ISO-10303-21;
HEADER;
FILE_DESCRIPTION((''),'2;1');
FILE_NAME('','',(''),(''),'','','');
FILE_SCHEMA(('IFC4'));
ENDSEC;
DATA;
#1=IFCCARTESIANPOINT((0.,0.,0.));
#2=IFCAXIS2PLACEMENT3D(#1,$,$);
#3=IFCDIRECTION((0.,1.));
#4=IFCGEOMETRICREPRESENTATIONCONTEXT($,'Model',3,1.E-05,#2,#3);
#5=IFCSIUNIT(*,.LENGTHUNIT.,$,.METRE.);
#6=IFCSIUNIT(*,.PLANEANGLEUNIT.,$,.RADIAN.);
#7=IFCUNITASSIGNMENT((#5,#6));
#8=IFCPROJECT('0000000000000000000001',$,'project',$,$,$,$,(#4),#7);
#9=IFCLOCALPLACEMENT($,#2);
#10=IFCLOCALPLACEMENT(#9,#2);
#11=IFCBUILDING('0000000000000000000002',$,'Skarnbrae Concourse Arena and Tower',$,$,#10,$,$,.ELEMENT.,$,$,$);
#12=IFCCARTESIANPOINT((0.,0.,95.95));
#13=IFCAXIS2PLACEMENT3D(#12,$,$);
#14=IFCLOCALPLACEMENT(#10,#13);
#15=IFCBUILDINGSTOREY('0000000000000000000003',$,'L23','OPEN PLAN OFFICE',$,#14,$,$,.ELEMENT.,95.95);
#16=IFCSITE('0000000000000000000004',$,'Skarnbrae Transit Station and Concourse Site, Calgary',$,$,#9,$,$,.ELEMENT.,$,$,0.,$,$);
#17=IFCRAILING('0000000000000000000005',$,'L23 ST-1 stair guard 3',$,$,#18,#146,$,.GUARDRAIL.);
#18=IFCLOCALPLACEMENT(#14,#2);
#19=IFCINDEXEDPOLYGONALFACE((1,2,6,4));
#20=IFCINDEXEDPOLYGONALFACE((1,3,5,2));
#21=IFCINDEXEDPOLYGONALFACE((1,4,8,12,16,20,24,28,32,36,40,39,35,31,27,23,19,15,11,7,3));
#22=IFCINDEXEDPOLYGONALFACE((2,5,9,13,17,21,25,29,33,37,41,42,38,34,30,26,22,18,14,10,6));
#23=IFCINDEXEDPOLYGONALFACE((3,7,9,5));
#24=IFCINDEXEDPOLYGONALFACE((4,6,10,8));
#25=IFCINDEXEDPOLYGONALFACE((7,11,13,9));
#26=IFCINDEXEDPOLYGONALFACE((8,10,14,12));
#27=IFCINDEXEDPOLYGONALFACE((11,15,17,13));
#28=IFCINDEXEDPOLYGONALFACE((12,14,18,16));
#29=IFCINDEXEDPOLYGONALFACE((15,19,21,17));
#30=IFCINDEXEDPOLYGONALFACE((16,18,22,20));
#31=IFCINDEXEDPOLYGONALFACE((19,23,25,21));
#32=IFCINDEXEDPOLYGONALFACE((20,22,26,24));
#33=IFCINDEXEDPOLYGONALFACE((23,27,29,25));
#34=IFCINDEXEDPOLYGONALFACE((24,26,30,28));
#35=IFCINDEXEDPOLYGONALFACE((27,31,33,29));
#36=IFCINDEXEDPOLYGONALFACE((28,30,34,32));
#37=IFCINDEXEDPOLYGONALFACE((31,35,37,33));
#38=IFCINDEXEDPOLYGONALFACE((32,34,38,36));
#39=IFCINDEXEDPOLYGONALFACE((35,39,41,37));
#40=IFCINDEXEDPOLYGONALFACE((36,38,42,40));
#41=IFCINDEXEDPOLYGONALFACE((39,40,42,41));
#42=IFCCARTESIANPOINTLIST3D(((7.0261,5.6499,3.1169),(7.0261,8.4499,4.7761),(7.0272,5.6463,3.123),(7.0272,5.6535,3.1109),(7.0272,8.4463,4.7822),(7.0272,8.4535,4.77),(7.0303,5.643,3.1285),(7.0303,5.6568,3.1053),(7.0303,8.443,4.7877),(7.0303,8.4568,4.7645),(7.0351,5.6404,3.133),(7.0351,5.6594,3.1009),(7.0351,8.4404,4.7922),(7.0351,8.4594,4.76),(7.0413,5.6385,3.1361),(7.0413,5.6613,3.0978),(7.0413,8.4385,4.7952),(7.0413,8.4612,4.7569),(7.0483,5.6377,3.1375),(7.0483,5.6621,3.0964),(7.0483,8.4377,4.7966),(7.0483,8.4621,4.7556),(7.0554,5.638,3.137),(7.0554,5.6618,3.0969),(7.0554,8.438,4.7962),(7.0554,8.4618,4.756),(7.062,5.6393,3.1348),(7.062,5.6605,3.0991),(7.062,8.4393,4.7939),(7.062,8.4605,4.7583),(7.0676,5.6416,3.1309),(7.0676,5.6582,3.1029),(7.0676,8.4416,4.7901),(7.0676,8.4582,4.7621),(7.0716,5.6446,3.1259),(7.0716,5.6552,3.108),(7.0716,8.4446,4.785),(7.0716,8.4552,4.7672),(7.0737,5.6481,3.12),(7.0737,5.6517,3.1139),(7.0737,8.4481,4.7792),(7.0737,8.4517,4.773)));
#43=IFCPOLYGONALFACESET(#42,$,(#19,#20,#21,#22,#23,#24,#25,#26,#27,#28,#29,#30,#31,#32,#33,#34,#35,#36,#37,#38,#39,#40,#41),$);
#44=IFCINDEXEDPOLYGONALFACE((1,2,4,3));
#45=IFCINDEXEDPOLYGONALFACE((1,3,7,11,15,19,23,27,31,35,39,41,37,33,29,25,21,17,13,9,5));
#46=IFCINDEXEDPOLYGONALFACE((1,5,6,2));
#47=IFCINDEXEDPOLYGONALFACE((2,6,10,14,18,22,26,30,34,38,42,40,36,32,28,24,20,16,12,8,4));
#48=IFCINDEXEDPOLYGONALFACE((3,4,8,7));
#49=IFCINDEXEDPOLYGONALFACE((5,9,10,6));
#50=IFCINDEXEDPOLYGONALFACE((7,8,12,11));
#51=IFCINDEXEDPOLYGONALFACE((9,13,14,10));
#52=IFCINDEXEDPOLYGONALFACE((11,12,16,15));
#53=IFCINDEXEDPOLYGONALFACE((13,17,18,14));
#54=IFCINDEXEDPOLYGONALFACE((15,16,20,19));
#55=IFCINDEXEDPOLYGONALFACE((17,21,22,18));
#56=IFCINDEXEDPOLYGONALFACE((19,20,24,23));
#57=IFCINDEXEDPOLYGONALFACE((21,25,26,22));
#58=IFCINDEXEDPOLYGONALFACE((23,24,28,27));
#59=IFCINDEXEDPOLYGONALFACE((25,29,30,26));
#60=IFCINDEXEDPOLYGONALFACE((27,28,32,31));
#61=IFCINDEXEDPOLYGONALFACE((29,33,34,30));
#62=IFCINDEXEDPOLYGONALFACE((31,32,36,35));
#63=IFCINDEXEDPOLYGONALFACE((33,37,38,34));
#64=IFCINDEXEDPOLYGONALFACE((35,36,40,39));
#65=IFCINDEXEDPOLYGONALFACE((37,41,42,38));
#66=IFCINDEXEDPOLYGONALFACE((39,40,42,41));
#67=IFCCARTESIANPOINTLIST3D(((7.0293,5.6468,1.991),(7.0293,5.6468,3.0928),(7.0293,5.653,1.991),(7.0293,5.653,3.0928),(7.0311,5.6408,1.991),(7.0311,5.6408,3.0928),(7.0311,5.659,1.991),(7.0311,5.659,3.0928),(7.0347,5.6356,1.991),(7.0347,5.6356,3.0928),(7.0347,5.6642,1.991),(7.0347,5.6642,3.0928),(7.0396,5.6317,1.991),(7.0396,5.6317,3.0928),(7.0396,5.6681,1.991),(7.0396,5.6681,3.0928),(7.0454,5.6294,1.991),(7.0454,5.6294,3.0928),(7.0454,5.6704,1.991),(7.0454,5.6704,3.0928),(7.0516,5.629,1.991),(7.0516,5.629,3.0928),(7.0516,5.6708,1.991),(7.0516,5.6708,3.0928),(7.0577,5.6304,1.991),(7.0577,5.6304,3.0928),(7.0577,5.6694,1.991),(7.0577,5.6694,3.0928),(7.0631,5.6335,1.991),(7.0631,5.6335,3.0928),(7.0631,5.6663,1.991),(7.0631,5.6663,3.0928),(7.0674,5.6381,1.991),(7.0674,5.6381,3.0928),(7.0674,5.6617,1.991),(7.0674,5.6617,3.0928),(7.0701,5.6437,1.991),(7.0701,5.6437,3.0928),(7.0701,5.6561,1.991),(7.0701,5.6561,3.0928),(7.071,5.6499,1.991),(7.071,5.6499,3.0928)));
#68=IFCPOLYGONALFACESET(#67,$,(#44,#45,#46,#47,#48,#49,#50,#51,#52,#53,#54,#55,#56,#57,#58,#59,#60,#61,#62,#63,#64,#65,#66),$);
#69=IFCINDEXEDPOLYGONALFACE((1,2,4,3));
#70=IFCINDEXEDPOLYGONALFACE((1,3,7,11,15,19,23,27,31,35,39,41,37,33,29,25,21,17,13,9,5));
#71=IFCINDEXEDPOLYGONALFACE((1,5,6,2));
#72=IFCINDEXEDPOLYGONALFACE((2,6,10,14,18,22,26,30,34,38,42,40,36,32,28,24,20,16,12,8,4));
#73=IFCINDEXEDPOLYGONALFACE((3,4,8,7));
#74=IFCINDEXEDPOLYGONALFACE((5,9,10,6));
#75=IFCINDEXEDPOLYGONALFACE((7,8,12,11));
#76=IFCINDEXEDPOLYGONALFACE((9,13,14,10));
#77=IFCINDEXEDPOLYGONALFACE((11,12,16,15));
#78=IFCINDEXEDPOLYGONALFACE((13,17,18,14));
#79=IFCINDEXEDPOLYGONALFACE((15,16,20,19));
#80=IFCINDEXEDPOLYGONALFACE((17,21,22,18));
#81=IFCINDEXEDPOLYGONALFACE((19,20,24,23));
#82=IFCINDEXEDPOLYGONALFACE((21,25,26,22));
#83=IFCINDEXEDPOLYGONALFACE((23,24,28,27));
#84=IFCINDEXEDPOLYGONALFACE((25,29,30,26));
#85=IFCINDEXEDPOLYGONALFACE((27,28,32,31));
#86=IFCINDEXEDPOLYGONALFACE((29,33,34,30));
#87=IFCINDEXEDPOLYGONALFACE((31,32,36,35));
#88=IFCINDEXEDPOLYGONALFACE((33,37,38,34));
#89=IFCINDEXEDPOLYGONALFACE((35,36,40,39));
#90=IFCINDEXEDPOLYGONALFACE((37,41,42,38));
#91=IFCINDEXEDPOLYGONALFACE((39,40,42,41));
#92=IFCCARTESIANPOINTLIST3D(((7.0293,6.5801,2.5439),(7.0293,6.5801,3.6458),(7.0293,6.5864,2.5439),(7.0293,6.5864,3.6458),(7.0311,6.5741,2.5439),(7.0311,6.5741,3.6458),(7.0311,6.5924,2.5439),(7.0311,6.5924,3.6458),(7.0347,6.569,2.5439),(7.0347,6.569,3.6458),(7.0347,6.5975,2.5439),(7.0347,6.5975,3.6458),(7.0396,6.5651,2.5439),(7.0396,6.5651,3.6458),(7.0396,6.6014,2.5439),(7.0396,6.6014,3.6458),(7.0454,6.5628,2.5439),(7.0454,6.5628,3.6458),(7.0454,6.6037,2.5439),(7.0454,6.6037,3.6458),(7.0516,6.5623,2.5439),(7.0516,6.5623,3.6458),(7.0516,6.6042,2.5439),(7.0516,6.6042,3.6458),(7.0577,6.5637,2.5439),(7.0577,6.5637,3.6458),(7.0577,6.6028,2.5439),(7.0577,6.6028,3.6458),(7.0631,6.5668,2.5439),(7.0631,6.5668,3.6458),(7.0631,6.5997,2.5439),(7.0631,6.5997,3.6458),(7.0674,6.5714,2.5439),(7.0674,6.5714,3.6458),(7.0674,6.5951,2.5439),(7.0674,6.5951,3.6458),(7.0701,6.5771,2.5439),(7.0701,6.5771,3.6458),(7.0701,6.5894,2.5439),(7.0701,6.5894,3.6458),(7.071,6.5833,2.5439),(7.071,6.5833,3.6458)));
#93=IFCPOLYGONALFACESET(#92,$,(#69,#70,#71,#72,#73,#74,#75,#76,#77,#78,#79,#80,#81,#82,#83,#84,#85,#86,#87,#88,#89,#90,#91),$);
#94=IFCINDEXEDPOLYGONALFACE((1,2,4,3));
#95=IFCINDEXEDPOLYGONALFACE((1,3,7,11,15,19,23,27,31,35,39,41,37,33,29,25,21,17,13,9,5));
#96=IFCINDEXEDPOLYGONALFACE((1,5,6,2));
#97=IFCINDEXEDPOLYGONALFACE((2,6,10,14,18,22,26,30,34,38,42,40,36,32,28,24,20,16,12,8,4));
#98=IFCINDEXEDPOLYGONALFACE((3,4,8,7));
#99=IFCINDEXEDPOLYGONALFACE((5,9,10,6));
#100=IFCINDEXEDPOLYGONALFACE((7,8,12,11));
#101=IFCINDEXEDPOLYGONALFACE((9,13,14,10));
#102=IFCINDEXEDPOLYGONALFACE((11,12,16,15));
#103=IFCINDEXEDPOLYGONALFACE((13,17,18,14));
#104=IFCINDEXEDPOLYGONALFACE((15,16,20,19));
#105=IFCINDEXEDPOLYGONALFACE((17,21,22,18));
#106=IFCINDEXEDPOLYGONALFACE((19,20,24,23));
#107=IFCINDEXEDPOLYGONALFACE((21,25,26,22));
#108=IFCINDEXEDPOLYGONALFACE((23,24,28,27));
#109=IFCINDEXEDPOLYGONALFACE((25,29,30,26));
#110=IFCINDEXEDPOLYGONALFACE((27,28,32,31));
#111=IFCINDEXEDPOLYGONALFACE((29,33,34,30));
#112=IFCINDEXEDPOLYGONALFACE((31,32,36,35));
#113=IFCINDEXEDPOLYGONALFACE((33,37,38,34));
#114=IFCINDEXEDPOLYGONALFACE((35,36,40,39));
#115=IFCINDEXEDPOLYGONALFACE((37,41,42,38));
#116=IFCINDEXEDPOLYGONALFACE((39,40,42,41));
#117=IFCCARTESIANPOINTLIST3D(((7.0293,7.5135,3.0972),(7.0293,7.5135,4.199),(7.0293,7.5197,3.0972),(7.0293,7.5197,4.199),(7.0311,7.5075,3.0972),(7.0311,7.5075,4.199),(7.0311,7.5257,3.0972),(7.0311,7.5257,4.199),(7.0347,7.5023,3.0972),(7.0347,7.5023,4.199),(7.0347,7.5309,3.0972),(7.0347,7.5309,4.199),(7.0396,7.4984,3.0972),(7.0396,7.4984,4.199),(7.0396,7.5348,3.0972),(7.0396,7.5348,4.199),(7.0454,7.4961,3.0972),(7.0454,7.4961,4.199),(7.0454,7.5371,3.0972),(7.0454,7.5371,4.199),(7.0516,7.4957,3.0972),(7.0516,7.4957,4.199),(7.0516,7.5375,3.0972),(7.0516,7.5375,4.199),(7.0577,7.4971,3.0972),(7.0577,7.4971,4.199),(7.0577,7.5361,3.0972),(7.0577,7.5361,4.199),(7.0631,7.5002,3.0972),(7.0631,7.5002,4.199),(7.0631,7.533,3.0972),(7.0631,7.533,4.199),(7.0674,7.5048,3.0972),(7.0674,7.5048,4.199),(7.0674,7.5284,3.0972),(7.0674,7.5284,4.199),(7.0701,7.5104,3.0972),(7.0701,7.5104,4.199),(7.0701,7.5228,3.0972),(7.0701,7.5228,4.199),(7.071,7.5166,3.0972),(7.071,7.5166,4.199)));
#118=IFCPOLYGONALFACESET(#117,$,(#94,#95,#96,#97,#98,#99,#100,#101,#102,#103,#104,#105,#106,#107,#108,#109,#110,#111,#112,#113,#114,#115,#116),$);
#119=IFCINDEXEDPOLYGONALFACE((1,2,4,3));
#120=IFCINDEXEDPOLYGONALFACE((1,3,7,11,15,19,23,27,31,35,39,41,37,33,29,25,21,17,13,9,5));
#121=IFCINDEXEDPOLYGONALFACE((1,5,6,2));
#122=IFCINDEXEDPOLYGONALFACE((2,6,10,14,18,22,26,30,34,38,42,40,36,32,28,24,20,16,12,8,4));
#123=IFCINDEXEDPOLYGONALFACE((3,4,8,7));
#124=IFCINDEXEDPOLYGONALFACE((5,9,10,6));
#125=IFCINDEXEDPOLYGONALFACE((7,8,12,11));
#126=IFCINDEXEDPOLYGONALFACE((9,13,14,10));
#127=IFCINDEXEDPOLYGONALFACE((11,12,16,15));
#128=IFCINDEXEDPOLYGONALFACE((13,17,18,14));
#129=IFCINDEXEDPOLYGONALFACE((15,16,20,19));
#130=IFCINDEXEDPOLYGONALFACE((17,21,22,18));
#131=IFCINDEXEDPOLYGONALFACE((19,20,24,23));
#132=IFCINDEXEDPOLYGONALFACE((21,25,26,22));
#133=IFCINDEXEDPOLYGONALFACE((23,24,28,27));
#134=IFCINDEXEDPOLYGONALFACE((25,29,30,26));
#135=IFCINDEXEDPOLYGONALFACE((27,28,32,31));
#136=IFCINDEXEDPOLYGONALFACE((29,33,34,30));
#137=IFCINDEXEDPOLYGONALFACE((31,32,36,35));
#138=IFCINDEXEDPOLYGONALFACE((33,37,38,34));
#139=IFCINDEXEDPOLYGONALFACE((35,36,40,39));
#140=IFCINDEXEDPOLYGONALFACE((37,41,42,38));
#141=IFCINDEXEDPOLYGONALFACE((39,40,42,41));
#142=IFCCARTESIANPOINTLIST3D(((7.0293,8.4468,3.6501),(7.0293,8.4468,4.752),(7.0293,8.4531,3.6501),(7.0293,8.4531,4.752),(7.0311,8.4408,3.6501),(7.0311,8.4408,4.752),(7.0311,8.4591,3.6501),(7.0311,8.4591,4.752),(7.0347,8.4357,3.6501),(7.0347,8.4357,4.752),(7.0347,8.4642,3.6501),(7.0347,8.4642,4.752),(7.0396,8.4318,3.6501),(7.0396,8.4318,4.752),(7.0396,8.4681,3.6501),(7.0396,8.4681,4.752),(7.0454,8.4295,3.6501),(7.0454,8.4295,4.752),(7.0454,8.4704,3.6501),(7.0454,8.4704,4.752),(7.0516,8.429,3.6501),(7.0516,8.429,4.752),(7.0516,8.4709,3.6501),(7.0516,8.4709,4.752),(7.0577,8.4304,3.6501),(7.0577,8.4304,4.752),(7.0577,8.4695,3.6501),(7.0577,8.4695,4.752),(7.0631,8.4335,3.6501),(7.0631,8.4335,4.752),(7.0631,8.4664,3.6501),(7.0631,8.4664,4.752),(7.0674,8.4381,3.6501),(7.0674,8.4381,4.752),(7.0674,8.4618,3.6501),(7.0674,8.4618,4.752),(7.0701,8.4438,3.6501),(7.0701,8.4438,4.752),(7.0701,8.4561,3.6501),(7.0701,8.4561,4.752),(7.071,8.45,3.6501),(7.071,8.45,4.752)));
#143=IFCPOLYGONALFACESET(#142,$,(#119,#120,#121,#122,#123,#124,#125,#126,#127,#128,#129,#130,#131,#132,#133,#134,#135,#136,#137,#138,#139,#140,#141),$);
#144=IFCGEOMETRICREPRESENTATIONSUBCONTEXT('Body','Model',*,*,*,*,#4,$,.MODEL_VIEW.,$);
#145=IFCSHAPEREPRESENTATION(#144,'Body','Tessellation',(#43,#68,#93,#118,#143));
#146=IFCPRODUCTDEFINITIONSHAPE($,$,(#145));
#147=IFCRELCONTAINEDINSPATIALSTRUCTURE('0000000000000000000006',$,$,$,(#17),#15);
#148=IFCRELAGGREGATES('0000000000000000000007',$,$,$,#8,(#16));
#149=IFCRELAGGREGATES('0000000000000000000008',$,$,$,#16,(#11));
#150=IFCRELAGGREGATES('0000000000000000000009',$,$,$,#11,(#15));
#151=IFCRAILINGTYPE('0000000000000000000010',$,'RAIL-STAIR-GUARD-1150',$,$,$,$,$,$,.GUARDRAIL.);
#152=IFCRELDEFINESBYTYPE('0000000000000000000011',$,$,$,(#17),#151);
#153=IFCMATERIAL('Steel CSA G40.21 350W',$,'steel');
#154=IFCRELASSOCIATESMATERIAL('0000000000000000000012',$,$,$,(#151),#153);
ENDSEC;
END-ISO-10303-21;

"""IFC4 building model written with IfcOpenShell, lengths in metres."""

from ifc_helpers import new_model, si_unit, direction, frame, origin, origin_2d, place, context, subcontext, project, spatial, circle, extrude, material, type_object, element, save


model = new_model("IFC4")

# Units and contexts
model_context = context("Model", 3, precision=1e-05, world=origin(), true_north=direction((0.0, 1.0)))
body_context = subcontext(model_context, "Body", "Model", "MODEL_VIEW")
ifc_project = project(units=[si_unit("LENGTHUNIT", "METRE"), si_unit("PLANEANGLEUNIT", "RADIAN")], contexts=[model_context])

# Site, building, storey
site_placement = place(None, origin())
site = spatial("IfcSite", under=ifc_project, at=site_placement, Name="Skarnbrae Transit Station and Concourse Site, Calgary", CompositionType="ELEMENT", RefElevation=0.0)
building_placement = place(site_placement, origin())
building = spatial("IfcBuilding", under=site, at=building_placement, Name="Skarnbrae Concourse Arena and Tower", CompositionType="ELEMENT")
storey_placement = place(building_placement, frame((0.0, 0.0, 95.95)))
storey = spatial("IfcBuildingStorey", under=building, at=storey_placement, Name="L23", Description="OPEN PLAN OFFICE", CompositionType="ELEMENT", Elevation=95.95)

# Railing
ifc_material_1 = material(Name="Steel CSA G40.21 350W", Category="steel")
railing_type_1 = type_object("IfcRailingType", Name="RAIL-STAIR-GUARD-1150", PredefinedType="GUARDRAIL", material=ifc_material_1)
railing_1_placement = place(storey_placement, frame((7.05, 5.6499, 1.991)))
element("IfcRailing", 1, at=railing_1_placement, inside=storey, type_object=railing_type_1, Name="L23 ST-1 stair guard 3", PredefinedType="GUARDRAIL", context=body_context, shape_type="SweptSolid", body=[
    extrude(circle(Radius=0.0239, at=origin_2d()), frame((0.0, 0.0, 1.126), z_axis=(0.0, 0.860306, 0.509778), x_axis=(-1.0, 0.0, 0.0)), (0.0, 0.0, 1.0), 3.2546),
    extrude(circle(Radius=0.021, at=origin_2d()), origin(), (0.0, 0.0, 1.0), 1.1018),
    extrude(circle(Radius=0.021, at=origin_2d()), frame((0.0, 0.9333, 0.553)), (0.0, 0.0, 1.0), 1.1018),
    extrude(circle(Radius=0.021, at=origin_2d()), frame((0.0, 1.8667, 1.1062)), (0.0, 0.0, 1.0), 1.1018),
    extrude(circle(Radius=0.021, at=origin_2d()), frame((0.0, 2.8, 1.6592)), (0.0, 0.0, 1.0), 1.1018),
])

save(model, "model.ifc")
